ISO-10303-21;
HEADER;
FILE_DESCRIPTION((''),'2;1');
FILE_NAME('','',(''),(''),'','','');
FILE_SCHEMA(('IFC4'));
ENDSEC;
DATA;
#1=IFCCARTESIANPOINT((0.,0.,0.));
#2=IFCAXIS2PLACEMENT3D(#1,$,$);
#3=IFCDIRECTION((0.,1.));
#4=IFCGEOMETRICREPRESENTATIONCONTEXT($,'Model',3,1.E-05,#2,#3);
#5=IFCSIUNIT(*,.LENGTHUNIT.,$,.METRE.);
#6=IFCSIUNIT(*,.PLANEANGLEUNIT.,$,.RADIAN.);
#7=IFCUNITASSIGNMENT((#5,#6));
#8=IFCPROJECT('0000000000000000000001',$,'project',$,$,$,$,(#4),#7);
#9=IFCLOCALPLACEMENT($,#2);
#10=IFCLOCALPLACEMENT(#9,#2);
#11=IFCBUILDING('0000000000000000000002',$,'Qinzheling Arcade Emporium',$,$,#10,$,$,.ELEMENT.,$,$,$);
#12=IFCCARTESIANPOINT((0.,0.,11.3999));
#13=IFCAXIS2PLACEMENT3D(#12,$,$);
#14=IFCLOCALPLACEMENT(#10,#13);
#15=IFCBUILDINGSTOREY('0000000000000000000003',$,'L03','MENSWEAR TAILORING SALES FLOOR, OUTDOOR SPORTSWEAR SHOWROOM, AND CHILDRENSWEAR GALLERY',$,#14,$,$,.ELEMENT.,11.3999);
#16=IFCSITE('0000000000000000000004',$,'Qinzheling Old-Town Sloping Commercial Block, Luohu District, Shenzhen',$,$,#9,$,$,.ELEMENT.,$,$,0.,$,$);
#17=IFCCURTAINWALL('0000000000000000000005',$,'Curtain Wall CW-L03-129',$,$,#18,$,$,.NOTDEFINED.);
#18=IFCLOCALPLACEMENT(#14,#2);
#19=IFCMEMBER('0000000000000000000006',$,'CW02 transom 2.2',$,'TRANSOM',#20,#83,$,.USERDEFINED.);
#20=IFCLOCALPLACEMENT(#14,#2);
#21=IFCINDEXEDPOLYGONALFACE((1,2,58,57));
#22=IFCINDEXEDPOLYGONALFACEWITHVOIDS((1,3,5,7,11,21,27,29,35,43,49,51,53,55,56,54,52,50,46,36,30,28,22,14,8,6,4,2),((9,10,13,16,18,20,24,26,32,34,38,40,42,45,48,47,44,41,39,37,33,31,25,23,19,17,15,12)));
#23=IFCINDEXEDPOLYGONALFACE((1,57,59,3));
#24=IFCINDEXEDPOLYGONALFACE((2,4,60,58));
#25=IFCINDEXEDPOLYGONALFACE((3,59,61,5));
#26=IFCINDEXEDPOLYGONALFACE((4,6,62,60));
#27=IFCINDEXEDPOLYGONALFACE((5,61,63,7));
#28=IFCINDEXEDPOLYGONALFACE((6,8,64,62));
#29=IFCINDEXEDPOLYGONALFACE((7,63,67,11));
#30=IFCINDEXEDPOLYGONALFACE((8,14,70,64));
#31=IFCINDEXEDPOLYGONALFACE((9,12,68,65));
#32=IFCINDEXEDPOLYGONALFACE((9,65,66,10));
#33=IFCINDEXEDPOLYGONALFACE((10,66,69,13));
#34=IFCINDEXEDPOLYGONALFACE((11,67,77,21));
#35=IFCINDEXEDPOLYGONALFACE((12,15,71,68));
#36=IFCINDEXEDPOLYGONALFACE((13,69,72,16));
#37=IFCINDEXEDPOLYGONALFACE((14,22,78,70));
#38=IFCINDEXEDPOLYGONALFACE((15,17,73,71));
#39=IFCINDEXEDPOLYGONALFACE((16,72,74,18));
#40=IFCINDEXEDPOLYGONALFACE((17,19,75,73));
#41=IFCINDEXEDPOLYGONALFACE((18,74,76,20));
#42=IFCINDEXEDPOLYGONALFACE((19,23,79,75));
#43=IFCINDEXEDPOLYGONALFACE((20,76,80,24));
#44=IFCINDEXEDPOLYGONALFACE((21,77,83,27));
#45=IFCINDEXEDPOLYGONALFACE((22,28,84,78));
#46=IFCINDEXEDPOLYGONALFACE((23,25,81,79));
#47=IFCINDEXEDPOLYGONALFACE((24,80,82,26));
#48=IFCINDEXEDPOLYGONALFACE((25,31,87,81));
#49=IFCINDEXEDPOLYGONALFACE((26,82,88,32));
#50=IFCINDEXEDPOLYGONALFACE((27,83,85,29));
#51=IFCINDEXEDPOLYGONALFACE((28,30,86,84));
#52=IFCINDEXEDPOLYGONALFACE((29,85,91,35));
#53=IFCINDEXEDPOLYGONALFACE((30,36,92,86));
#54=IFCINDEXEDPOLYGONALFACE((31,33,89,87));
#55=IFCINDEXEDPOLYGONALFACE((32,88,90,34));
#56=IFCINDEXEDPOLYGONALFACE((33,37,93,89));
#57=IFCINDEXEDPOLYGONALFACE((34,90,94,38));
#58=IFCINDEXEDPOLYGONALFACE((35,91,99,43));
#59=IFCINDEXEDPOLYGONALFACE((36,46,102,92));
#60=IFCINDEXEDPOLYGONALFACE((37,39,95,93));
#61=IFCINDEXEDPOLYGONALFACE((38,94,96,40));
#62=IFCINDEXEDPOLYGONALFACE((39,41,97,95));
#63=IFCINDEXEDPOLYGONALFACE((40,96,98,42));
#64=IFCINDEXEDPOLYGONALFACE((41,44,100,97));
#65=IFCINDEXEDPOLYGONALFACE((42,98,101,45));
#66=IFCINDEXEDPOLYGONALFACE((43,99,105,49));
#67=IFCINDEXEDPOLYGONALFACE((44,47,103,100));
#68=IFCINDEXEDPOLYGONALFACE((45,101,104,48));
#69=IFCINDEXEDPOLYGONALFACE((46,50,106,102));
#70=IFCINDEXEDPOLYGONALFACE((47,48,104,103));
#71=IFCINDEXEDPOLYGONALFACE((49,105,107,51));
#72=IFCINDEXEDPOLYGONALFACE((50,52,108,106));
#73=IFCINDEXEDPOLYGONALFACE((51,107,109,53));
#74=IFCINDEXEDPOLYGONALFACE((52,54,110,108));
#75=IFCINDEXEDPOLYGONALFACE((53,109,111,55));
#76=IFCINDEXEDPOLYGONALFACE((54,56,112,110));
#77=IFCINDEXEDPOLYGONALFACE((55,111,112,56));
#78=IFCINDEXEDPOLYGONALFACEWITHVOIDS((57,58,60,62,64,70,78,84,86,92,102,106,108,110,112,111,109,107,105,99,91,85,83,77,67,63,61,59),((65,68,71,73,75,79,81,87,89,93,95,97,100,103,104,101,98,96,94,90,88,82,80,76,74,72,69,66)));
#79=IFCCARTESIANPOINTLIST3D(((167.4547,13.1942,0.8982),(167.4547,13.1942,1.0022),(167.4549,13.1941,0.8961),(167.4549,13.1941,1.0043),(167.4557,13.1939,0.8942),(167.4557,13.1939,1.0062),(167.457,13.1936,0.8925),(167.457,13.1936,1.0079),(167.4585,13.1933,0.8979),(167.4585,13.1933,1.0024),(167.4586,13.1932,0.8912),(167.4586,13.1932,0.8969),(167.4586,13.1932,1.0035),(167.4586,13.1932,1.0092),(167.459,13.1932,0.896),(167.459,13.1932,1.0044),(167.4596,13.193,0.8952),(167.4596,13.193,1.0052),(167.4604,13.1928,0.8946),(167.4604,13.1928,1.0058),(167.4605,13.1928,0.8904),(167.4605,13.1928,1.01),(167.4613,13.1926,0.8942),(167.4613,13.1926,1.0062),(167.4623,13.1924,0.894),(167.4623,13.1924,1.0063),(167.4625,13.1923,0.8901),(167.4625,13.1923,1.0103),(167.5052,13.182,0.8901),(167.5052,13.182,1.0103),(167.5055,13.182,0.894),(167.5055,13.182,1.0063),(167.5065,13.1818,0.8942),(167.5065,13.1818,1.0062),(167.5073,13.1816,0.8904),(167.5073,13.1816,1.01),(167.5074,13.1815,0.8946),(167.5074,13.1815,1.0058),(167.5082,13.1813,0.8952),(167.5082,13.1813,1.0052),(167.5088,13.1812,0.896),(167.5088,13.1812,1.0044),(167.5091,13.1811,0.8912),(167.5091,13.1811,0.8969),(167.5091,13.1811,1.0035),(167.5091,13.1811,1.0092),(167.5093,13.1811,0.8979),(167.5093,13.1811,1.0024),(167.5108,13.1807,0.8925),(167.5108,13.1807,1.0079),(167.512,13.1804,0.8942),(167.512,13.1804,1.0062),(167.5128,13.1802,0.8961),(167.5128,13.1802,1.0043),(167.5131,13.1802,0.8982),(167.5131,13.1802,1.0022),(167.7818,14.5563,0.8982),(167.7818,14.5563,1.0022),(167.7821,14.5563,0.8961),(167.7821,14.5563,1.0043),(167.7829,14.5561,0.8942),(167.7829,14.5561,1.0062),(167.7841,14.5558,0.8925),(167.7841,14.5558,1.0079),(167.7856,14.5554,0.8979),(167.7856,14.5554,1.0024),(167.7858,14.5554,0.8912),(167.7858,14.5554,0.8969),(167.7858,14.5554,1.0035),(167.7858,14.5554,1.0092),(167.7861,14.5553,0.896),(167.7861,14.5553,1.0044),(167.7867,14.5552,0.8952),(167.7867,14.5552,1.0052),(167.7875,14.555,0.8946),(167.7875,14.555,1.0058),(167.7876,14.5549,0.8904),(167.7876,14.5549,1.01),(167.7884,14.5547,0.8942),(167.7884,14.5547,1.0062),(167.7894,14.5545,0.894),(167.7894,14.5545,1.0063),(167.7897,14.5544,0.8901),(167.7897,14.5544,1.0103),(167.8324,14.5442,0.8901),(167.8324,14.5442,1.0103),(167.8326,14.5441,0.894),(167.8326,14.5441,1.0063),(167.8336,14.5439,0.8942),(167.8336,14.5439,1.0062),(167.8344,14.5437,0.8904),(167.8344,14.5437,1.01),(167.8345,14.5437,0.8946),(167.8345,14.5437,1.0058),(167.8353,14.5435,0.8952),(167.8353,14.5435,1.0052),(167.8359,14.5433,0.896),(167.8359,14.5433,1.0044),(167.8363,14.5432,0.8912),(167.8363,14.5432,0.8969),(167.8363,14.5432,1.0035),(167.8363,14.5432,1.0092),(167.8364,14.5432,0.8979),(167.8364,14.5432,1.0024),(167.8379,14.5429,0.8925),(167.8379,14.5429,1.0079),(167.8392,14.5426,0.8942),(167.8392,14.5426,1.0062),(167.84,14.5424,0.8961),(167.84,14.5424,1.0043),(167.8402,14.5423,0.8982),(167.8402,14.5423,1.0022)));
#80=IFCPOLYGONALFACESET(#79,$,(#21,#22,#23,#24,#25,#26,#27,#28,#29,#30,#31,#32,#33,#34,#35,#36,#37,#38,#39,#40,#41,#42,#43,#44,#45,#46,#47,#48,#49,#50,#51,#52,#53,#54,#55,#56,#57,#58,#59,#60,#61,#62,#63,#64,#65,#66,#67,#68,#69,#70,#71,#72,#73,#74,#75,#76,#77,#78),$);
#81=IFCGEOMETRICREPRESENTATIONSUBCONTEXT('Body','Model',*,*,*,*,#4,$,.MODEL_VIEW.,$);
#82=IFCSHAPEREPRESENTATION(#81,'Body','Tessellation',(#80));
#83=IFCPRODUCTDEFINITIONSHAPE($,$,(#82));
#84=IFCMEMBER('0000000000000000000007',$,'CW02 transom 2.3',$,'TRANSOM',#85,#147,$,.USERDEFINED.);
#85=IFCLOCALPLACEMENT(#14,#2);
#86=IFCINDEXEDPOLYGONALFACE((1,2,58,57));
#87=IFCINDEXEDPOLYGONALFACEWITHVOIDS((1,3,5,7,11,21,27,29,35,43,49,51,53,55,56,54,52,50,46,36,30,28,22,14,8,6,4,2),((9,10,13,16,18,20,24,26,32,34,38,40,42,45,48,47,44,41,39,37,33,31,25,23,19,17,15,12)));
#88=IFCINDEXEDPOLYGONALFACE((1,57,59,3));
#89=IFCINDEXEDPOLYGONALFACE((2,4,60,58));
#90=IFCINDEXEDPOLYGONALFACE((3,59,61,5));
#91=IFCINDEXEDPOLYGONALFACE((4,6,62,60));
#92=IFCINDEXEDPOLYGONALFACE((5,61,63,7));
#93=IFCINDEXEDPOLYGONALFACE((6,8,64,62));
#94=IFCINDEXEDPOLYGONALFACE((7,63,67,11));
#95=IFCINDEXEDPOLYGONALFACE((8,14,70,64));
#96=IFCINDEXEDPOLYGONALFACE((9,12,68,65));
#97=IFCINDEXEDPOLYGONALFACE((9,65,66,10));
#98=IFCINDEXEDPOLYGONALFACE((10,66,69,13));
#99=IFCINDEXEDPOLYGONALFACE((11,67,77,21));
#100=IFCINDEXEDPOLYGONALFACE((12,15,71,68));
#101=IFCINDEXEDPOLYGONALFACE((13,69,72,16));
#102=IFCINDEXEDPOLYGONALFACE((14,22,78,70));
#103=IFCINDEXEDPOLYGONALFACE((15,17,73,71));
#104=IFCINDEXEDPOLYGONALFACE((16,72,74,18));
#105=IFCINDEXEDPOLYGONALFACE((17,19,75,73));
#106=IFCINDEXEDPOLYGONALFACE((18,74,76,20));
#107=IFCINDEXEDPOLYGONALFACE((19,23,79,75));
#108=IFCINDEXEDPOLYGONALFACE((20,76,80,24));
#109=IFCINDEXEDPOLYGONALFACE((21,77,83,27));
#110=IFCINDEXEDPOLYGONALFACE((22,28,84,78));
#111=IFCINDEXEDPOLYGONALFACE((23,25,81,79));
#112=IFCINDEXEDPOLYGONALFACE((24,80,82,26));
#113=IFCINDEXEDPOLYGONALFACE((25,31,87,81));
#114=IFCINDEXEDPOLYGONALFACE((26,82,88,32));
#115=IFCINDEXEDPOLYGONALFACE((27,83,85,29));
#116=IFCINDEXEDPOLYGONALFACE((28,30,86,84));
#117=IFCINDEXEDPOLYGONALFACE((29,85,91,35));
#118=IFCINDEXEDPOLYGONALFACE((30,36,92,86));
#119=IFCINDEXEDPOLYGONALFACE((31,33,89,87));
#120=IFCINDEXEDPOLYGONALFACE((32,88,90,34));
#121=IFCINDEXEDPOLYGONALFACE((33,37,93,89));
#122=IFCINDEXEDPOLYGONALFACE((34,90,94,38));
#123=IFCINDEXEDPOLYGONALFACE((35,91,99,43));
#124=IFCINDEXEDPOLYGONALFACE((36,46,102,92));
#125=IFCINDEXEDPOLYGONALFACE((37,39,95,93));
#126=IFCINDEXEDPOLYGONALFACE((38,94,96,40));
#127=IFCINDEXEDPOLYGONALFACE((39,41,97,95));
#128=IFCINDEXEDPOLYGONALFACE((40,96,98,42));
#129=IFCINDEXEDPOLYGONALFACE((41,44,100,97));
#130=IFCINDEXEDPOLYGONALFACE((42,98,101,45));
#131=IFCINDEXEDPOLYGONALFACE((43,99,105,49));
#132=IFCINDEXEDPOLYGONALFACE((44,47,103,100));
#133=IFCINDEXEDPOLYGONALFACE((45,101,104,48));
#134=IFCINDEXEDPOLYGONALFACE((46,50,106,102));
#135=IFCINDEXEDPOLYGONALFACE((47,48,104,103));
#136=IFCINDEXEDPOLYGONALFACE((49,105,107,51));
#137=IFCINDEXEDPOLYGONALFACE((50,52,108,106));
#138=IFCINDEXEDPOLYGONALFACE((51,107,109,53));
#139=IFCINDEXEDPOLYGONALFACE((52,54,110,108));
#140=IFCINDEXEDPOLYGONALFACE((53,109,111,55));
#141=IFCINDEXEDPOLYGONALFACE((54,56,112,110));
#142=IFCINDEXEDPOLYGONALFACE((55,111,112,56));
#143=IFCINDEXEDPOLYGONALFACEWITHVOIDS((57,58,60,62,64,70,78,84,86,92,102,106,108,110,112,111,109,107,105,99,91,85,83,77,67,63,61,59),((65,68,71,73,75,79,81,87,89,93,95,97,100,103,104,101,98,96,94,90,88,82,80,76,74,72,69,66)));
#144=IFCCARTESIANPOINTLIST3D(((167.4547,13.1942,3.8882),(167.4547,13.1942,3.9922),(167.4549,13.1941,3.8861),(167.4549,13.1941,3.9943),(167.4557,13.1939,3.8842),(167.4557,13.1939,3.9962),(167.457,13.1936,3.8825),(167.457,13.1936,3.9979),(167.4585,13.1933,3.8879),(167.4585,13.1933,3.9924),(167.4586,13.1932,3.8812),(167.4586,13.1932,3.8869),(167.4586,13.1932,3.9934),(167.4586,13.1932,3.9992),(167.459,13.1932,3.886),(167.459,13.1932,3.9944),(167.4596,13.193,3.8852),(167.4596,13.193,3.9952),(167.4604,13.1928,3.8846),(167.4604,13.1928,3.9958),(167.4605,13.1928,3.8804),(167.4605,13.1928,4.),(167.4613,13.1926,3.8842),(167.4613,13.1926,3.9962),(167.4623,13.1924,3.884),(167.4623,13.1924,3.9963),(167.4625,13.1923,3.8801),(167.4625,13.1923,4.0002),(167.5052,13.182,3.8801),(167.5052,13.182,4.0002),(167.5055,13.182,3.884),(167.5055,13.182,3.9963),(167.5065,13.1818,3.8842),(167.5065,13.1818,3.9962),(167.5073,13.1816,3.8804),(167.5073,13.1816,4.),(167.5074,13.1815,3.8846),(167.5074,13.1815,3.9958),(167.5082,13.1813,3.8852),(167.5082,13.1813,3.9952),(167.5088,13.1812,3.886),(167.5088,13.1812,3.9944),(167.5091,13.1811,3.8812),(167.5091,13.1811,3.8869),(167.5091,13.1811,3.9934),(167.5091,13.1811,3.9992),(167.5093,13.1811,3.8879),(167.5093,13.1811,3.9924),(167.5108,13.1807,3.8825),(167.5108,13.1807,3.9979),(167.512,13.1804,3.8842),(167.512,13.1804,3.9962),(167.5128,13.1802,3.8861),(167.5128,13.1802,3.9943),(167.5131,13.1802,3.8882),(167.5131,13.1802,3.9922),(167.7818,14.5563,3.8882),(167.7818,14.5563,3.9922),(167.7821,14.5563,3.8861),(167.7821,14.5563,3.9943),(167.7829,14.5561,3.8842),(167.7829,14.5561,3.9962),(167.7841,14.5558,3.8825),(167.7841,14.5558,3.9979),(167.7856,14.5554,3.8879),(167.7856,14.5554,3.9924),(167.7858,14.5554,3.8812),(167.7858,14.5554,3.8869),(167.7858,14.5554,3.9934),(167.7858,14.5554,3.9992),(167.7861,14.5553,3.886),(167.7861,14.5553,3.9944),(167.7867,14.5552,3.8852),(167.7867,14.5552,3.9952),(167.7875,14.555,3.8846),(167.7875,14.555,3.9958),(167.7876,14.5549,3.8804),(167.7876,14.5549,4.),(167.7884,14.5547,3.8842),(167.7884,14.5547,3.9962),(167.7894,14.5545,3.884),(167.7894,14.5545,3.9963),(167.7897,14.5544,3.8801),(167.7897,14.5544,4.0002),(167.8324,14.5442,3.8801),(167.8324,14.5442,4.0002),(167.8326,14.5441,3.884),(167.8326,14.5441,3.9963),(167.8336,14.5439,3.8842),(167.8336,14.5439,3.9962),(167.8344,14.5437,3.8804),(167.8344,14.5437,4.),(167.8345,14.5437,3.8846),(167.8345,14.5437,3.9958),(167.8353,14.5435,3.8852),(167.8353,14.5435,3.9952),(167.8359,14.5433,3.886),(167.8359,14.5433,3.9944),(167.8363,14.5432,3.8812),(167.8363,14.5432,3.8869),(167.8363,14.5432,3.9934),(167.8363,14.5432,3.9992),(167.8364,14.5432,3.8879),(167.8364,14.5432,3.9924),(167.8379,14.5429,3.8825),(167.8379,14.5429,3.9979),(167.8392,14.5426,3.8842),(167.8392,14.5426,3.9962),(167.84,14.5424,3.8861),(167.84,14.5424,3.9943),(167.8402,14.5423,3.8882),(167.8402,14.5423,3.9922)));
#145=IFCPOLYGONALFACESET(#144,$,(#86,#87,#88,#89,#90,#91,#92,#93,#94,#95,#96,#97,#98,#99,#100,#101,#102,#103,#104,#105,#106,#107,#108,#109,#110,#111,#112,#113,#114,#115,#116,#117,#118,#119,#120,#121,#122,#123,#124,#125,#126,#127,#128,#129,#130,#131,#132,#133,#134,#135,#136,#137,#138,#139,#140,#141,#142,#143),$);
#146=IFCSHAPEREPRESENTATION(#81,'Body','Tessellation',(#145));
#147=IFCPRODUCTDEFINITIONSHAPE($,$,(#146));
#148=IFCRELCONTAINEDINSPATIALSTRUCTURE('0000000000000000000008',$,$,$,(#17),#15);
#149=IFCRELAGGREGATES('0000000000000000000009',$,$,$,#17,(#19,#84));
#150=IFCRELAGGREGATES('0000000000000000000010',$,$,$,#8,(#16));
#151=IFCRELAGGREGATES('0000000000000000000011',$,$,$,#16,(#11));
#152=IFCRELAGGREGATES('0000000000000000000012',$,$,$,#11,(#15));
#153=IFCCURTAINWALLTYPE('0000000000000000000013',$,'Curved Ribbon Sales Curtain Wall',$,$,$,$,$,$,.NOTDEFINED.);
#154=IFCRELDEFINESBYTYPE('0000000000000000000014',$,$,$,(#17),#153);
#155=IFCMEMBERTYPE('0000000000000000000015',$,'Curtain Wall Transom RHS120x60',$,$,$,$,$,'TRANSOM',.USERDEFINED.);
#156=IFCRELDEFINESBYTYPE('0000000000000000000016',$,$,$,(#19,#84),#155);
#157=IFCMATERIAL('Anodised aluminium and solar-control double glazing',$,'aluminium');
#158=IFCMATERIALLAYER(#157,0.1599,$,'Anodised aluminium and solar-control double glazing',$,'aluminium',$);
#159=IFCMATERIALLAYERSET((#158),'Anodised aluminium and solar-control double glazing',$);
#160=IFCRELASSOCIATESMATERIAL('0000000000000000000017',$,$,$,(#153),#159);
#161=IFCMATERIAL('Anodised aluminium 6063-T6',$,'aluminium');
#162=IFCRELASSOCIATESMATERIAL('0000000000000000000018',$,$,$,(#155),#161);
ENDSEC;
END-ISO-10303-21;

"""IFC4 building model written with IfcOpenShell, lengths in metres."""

from ifc_helpers import new_model, si_unit, direction, frame, origin, origin_2d, place, context, subcontext, project, spatial, hollow_rectangle, extrude, material, layer, layer_set, material_profile, profile_set, type_object, element, aggregate, save


model = new_model("IFC4")

# Units and contexts
model_context = context("Model", 3, precision=1e-05, world=origin(), true_north=direction((0.0, 1.0)))
body_context = subcontext(model_context, "Body", "Model", "MODEL_VIEW")
ifc_project = project(units=[si_unit("LENGTHUNIT", "METRE"), si_unit("PLANEANGLEUNIT", "RADIAN")], contexts=[model_context])

# Site, building, storey
site_placement = place(None, origin())
site = spatial("IfcSite", under=ifc_project, at=site_placement, Name="Qinzheling Old-Town Sloping Commercial Block, Luohu District, Shenzhen", CompositionType="ELEMENT", RefElevation=0.0)
building_placement = place(site_placement, origin())
building = spatial("IfcBuilding", under=site, at=building_placement, Name="Qinzheling Arcade Emporium", CompositionType="ELEMENT")
storey_placement = place(building_placement, frame((0.0, 0.0, 11.3999)))
storey = spatial("IfcBuildingStorey", under=building, at=storey_placement, Name="L03", Description="MENSWEAR TAILORING SALES FLOOR, OUTDOOR SPORTSWEAR SHOWROOM, AND CHILDRENSWEAR GALLERY", CompositionType="ELEMENT", Elevation=11.3999)

# Shared definitions
ifc_material_1 = material(Name="Anodised aluminium and solar-control double glazing", Category="aluminium")
ifc_material_2 = material(Name="Anodised aluminium 6063-T6", Category="aluminium")

# Curtain wall
ifc_layer_1 = layer(ifc_material_1, 0.1599, Name="Anodised aluminium and solar-control double glazing", Category="aluminium")
ifc_layer_set_1 = layer_set([ifc_layer_1], Name="Anodised aluminium and solar-control double glazing")
curtain_wall_type_1 = type_object("IfcCurtainWallType", Name="Curved Ribbon Sales Curtain Wall", PredefinedType="NOTDEFINED", material=ifc_layer_set_1)
curtain_wall_1_placement = place(storey_placement, origin())
curtain_wall_1 = element("IfcCurtainWall", 1, at=curtain_wall_1_placement, inside=storey, type_object=curtain_wall_type_1, Name="Curtain Wall CW-L03-129", PredefinedType="NOTDEFINED")

# Members
ifc_material_profile_1 = material_profile(ifc_material_2, hollow_rectangle(XDim=0.0601, YDim=0.1201, WallThickness=0.0039, InnerFilletRadius=0.0039, OuterFilletRadius=0.0081, at=origin_2d()), Name="RHS 120x60x4", Category="aluminium")
ifc_profile_set_1 = profile_set([ifc_material_profile_1], Name="Anodised aluminium 6063-T6")
member_type_1 = type_object("IfcMemberType", Name="Curtain Wall Transom RHS120x60", ElementType="TRANSOM", PredefinedType="USERDEFINED", material=ifc_profile_set_1)
member_1_placement = place(storey_placement, frame((167.811, 14.5493, 0.9502), z_axis=(-0.233544, -0.972346, 0.0), x_axis=(0.972346, -0.233544, 0.0)))
member_1 = element("IfcMember", 2, at=member_1_placement, type_object=member_type_1, Name="CW02 transom 2.2", ObjectType="TRANSOM", PredefinedType="USERDEFINED", context=body_context, shape_type="SweptSolid", body=[
    extrude(hollow_rectangle(XDim=0.0601, YDim=0.1201, WallThickness=0.0039, InnerFilletRadius=0.0039, OuterFilletRadius=0.0081, at=origin_2d()), origin(), (0.0, 0.0, 1.0), 1.4009),
])
member_2_placement = place(storey_placement, frame((167.811, 14.5493, 3.9402), z_axis=(-0.233544, -0.972346, 0.0), x_axis=(0.972346, -0.233544, 0.0)))
member_2 = element("IfcMember", 3, at=member_2_placement, type_object=member_type_1, Name="CW02 transom 2.3", ObjectType="TRANSOM", PredefinedType="USERDEFINED", context=body_context, shape_type="SweptSolid", body=[
    extrude(hollow_rectangle(XDim=0.0601, YDim=0.1201, WallThickness=0.0039, InnerFilletRadius=0.0039, OuterFilletRadius=0.0081, at=origin_2d()), origin(), (0.0, 0.0, 1.0), 1.4009),
])

aggregate(curtain_wall_1, [member_1, member_2])

save(model, "model.ifc")
